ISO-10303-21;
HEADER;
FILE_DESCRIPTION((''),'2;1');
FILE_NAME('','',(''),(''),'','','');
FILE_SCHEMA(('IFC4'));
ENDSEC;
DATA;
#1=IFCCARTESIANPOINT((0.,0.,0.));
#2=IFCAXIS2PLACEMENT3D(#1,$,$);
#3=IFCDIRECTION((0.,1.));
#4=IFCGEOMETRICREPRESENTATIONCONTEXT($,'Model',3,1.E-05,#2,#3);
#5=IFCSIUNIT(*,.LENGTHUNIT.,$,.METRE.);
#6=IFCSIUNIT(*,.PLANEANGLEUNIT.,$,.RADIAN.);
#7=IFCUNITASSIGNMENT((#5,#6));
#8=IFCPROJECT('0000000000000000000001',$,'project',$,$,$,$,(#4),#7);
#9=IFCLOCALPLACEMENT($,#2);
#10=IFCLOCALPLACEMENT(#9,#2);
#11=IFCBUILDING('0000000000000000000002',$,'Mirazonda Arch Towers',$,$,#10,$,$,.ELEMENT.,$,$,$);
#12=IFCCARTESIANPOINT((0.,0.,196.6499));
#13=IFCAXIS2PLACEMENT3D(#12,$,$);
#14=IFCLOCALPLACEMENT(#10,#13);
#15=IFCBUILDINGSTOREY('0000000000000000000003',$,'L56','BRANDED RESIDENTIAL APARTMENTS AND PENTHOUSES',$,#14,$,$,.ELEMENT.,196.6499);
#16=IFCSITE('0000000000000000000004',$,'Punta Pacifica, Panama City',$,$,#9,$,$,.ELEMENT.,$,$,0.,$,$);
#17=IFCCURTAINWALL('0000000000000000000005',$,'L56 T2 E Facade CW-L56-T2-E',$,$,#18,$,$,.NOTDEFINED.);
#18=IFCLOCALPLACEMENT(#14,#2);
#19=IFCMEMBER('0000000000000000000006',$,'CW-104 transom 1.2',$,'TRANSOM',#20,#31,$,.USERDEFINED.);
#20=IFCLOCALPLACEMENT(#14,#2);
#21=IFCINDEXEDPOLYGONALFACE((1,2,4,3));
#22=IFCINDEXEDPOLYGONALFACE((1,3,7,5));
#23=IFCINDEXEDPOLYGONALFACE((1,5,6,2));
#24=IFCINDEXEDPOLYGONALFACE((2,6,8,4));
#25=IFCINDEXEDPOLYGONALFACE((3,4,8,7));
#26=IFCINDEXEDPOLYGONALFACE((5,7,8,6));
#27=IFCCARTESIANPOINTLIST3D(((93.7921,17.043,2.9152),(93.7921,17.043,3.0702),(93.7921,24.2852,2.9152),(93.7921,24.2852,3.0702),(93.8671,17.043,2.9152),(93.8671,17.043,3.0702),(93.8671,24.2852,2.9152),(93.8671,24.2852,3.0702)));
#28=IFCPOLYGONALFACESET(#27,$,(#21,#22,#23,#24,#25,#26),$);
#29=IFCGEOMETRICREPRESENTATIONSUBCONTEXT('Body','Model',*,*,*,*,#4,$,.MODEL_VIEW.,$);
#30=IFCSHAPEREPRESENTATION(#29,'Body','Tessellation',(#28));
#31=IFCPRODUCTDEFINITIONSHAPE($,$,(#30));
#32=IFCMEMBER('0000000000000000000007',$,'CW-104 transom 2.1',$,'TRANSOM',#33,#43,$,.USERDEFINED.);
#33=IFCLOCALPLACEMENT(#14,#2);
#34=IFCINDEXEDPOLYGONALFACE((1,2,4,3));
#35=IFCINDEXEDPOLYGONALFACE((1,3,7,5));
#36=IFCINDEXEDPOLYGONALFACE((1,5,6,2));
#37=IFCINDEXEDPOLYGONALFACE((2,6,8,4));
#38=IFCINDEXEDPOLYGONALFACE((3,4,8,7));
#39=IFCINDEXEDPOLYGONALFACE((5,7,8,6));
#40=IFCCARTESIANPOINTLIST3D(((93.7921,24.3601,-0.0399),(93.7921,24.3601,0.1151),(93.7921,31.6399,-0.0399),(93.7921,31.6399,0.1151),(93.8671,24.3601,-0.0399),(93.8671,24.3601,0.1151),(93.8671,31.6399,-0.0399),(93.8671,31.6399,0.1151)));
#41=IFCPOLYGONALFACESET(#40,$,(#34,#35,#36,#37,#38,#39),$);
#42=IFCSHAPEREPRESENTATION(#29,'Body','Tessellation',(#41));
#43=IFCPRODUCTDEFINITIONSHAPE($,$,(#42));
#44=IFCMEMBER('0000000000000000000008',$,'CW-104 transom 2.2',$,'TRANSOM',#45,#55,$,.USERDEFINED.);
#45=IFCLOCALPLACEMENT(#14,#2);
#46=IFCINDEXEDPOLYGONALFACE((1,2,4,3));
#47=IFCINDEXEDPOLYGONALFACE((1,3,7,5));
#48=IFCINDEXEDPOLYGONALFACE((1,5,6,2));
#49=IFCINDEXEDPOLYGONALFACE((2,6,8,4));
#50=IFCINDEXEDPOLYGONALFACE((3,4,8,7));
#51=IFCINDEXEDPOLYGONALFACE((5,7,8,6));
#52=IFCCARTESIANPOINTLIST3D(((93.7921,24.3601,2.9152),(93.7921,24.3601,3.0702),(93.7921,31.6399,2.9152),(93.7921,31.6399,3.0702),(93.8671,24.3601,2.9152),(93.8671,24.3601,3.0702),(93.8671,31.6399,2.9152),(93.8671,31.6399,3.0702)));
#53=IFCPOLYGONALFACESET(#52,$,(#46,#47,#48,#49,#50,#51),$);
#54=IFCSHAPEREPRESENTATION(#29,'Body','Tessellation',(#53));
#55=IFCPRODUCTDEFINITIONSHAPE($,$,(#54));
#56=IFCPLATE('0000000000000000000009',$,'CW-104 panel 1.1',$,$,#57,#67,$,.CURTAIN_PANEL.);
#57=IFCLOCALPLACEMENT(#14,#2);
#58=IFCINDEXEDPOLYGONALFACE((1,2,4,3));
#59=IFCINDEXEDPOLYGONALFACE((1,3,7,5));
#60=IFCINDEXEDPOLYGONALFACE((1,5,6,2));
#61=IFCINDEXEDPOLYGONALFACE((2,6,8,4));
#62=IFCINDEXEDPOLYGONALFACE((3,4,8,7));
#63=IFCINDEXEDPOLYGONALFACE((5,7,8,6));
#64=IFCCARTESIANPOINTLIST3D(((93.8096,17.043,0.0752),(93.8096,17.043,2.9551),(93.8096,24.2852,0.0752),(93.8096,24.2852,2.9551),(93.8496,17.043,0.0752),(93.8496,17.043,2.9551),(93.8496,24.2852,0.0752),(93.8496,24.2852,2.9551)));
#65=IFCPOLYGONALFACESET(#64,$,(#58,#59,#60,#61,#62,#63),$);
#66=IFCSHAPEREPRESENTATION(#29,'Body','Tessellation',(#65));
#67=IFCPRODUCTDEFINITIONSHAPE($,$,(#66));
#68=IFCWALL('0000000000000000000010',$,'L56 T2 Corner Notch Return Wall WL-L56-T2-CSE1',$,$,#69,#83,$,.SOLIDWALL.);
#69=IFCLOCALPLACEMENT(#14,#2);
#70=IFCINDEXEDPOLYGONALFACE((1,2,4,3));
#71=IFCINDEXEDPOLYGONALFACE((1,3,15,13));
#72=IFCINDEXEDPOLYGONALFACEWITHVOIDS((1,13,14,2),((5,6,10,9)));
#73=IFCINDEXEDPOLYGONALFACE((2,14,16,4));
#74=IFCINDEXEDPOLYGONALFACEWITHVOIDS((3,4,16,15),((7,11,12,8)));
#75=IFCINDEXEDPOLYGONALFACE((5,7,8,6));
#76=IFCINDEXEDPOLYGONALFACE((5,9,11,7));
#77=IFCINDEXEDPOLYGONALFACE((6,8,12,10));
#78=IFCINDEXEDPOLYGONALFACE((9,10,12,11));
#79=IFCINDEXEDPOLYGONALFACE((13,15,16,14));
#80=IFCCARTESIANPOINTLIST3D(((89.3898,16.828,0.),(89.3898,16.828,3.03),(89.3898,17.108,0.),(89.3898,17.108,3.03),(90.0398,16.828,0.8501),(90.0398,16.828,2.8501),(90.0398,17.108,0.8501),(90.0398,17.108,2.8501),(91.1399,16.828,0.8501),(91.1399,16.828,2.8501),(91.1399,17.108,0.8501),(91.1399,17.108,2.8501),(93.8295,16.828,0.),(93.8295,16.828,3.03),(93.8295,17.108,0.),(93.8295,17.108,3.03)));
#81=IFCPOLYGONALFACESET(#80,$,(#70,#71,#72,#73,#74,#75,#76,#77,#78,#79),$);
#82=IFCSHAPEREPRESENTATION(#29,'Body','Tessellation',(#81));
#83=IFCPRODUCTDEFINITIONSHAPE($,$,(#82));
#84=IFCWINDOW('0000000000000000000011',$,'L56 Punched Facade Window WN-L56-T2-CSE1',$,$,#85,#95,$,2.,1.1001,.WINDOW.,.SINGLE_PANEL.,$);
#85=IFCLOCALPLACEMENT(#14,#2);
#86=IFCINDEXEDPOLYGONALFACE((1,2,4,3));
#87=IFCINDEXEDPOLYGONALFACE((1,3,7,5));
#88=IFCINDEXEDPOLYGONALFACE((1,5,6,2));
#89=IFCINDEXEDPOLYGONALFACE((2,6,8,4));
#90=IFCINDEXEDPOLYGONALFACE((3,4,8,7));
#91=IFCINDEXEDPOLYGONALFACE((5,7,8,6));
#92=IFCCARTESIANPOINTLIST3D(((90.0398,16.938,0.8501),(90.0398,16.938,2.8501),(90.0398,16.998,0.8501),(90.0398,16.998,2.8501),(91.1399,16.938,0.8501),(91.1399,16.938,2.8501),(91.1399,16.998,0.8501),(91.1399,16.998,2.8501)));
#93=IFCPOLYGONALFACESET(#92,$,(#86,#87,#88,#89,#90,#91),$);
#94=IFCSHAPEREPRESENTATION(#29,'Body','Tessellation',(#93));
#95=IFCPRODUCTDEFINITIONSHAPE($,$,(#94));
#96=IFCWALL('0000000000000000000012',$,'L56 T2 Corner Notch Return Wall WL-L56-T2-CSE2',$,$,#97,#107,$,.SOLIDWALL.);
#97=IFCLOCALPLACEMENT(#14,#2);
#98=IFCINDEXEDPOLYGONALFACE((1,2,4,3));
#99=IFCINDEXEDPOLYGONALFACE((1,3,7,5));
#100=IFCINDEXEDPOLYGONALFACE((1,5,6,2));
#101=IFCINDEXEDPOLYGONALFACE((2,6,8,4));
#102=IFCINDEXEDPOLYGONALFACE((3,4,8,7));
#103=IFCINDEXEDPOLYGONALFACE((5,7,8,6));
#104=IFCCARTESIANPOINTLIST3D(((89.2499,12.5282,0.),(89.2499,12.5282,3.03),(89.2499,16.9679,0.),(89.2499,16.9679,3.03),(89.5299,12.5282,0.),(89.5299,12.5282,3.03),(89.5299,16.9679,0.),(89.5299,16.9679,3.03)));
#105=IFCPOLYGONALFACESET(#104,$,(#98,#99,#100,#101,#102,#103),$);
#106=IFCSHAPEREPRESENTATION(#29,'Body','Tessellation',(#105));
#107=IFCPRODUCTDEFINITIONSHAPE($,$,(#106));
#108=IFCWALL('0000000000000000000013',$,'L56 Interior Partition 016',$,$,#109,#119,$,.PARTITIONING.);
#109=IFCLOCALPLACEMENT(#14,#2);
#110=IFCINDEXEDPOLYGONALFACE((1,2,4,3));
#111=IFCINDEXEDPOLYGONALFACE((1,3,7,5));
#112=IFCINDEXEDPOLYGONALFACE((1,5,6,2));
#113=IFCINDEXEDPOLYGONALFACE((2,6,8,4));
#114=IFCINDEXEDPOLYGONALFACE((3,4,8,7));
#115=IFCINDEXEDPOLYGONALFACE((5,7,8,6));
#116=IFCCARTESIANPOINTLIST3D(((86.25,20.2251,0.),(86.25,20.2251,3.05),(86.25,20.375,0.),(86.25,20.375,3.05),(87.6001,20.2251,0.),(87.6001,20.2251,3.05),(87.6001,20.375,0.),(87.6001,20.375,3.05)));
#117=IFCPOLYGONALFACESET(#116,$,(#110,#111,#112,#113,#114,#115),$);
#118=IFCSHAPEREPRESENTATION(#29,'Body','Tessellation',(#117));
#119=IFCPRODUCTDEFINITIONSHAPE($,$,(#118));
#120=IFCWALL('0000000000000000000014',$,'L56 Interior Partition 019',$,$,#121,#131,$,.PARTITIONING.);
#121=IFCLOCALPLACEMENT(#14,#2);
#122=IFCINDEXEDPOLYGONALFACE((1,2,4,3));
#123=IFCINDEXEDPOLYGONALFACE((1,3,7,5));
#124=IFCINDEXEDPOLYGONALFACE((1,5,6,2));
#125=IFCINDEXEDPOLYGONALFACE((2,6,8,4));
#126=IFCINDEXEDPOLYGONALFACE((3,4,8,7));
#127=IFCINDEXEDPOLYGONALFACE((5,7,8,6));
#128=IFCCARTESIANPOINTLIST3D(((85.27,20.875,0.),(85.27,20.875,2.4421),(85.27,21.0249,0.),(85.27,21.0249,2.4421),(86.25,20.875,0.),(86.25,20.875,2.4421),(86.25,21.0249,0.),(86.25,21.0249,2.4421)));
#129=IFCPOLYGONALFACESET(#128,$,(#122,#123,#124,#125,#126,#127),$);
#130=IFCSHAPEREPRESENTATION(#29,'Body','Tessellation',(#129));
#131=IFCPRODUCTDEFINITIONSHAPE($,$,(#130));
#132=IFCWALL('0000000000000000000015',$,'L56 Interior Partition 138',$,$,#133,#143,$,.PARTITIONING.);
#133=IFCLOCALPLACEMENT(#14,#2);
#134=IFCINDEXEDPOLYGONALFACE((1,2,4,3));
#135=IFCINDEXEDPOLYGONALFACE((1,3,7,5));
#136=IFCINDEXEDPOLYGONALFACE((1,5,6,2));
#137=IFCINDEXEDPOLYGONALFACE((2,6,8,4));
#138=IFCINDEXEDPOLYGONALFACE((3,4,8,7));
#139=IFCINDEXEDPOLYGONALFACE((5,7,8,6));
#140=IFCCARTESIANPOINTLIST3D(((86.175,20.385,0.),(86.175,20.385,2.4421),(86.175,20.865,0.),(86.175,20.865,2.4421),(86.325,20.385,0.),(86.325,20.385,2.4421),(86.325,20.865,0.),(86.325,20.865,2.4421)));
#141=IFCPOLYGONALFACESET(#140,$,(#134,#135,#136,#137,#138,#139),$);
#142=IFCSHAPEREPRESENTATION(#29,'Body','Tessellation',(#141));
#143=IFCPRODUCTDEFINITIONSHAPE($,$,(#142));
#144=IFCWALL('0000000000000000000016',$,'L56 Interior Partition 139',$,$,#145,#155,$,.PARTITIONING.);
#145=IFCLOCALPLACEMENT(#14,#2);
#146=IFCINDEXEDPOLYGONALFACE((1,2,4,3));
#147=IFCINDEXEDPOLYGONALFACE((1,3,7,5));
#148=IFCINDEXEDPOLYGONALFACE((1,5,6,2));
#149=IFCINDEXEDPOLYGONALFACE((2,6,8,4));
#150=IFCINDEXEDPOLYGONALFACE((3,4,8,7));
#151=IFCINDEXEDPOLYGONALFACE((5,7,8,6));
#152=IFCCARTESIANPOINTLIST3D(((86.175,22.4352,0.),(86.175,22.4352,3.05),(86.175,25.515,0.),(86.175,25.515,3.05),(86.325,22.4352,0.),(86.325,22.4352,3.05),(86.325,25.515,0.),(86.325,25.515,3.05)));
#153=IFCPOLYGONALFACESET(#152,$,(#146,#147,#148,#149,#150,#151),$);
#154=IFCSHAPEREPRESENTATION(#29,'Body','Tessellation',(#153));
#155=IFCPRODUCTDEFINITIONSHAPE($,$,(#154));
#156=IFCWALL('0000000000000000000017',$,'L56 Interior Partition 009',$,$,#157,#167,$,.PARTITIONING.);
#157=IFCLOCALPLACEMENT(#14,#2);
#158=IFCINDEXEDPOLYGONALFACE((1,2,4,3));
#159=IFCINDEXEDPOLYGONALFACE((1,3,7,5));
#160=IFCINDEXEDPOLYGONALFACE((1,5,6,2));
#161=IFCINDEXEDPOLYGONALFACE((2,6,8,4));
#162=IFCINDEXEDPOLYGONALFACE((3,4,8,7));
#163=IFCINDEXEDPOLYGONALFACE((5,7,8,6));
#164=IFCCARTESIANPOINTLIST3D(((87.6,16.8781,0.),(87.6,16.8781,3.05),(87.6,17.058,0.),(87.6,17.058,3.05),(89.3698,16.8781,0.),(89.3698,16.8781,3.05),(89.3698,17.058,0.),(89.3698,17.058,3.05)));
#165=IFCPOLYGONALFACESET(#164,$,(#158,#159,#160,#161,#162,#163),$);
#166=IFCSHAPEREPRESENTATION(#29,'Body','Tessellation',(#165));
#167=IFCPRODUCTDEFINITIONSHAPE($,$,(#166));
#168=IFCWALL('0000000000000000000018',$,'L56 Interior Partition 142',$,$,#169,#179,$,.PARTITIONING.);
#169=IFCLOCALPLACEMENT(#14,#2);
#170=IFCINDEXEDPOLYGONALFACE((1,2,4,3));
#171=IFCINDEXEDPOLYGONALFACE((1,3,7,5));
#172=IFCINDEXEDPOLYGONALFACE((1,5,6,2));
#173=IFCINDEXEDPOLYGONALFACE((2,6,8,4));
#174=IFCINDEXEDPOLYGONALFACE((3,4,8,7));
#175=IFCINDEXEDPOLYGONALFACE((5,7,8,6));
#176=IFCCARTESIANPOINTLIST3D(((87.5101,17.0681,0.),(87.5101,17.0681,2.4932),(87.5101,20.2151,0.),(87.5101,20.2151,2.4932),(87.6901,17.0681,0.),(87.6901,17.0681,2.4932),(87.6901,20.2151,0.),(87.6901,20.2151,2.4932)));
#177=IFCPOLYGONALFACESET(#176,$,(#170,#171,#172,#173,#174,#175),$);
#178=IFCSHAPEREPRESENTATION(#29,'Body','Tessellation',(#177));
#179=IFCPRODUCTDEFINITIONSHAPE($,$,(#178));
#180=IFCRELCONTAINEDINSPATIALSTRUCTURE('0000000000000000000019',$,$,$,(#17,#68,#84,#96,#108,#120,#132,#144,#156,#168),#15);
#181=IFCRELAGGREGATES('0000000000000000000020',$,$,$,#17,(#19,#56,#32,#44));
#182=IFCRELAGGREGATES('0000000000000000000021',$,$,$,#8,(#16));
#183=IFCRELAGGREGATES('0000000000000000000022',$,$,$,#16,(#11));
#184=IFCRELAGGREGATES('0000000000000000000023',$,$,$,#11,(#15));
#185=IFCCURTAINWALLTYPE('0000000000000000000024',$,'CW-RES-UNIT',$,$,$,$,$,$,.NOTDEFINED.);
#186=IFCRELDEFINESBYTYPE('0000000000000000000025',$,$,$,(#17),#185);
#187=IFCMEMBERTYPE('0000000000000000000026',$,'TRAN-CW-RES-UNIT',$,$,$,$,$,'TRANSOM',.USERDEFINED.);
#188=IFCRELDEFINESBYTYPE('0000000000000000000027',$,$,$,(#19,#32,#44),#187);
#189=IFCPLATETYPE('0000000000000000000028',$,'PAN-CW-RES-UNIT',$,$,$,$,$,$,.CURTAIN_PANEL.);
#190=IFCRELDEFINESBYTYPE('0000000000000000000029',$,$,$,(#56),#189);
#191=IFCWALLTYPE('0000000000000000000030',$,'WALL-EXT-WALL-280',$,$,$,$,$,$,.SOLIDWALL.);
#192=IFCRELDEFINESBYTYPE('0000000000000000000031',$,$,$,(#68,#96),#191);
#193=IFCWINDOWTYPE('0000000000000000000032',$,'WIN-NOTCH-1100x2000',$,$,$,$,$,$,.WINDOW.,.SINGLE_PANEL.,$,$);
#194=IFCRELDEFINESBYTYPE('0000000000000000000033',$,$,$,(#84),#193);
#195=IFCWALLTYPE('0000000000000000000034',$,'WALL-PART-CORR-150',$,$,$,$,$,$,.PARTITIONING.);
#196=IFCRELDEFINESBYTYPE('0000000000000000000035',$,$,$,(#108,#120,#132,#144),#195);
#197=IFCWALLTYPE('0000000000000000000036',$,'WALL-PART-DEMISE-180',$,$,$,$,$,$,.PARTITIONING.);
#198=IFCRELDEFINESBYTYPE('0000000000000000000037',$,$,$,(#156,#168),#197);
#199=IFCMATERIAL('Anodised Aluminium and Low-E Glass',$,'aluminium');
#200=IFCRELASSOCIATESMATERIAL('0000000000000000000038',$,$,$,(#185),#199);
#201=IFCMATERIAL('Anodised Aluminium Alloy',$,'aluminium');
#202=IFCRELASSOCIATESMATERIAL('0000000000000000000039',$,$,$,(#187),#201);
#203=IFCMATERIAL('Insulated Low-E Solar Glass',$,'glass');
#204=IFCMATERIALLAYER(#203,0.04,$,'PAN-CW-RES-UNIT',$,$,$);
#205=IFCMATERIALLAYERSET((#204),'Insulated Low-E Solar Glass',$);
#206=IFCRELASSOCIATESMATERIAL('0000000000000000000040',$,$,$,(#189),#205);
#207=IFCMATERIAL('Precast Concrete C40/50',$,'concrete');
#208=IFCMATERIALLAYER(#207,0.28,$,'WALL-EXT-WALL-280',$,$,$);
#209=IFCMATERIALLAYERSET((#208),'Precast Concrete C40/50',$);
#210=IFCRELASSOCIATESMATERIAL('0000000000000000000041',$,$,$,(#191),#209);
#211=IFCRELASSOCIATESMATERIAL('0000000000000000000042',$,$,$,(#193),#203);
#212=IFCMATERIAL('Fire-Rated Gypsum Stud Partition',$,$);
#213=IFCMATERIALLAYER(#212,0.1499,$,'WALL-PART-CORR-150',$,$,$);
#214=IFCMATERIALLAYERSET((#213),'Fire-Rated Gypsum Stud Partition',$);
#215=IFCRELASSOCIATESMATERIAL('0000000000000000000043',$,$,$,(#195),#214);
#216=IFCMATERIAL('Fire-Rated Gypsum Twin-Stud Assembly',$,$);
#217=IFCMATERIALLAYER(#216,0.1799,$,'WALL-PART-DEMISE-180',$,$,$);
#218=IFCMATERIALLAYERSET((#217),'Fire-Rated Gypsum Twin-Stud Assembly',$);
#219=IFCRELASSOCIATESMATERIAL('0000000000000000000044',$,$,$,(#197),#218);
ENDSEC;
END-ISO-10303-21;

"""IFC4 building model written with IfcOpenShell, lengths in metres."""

from ifc_helpers import new_model, si_unit, direction, frame, frame_2d, origin, origin_2d, place, context, subcontext, project, spatial, rectangle, extrude, material, layer, layer_set, material_profile, profile_set, type_object, element, fill, aggregate, save


model = new_model("IFC4")

# Units and contexts
model_context = context("Model", 3, precision=1e-05, world=origin(), true_north=direction((0.0, 1.0)))
body_context = subcontext(model_context, "Body", "Model", "MODEL_VIEW")
ifc_project = project(units=[si_unit("LENGTHUNIT", "METRE"), si_unit("PLANEANGLEUNIT", "RADIAN")], contexts=[model_context])

# Site, building, storey
site_placement = place(None, origin())
site = spatial("IfcSite", under=ifc_project, at=site_placement, Name="Punta Pacifica, Panama City", CompositionType="ELEMENT", RefElevation=0.0)
building_placement = place(site_placement, origin())
building = spatial("IfcBuilding", under=site, at=building_placement, Name="Mirazonda Arch Towers", CompositionType="ELEMENT")
storey_placement = place(building_placement, frame((0.0, 0.0, 196.6499)))
storey = spatial("IfcBuildingStorey", under=building, at=storey_placement, Name="L56", Description="BRANDED RESIDENTIAL APARTMENTS AND PENTHOUSES", CompositionType="ELEMENT", Elevation=196.6499)

# Shared definitions
ifc_material_1 = material(Name="Anodised Aluminium and Low-E Glass", Category="aluminium")
curtain_wall_type = type_object("IfcCurtainWallType", Name="CW-RES-UNIT", PredefinedType="NOTDEFINED", material=ifc_material_1)
ifc_material_2 = material(Name="Anodised Aluminium Alloy", Category="aluminium")

# Curtain wall
curtain_wall_1_placement = place(storey_placement, origin())
curtain_wall_1 = element("IfcCurtainWall", 1, at=curtain_wall_1_placement, inside=storey, type_object=curtain_wall_type, Name="L56 T2 E Facade CW-L56-T2-E", PredefinedType="NOTDEFINED")

# Members
ifc_material_profile_1 = material_profile(ifc_material_2, rectangle(XDim=0.075, YDim=0.155, at=origin_2d()), Name="ALU-TRAN-75x155")
ifc_profile_set_1 = profile_set([ifc_material_profile_1], Name="Anodised Aluminium Alloy")
member_type_1 = type_object("IfcMemberType", Name="TRAN-CW-RES-UNIT", ElementType="TRANSOM", PredefinedType="USERDEFINED", material=ifc_profile_set_1)
member_1_placement = place(storey_placement, frame((93.8296, 17.043, 2.9927), z_axis=(0.0, 1.0, 0.0), x_axis=(-1.0, 0.0, 0.0)))
member_1 = element("IfcMember", 2, at=member_1_placement, type_object=member_type_1, Name="CW-104 transom 1.2", ObjectType="TRANSOM", PredefinedType="USERDEFINED", context=body_context, shape_type="SweptSolid", body=[
    extrude(rectangle(XDim=0.075, YDim=0.155, at=origin_2d()), origin(), (0.0, 0.0, 1.0), 7.2422),
])
member_2_placement = place(storey_placement, frame((93.8296, 24.3601, 0.0376), z_axis=(0.0, 1.0, 0.0), x_axis=(-1.0, 0.0, 0.0)))
member_2 = element("IfcMember", 3, at=member_2_placement, type_object=member_type_1, Name="CW-104 transom 2.1", ObjectType="TRANSOM", PredefinedType="USERDEFINED", context=body_context, shape_type="SweptSolid", body=[
    extrude(rectangle(XDim=0.075, YDim=0.155, at=origin_2d()), origin(), (0.0, 0.0, 1.0), 7.2798),
])
member_3_placement = place(storey_placement, frame((93.8296, 24.3601, 2.9927), z_axis=(0.0, 1.0, 0.0), x_axis=(-1.0, 0.0, 0.0)))
member_3 = element("IfcMember", 4, at=member_3_placement, type_object=member_type_1, Name="CW-104 transom 2.2", ObjectType="TRANSOM", PredefinedType="USERDEFINED", context=body_context, shape_type="SweptSolid", body=[
    extrude(rectangle(XDim=0.075, YDim=0.155, at=origin_2d()), origin(), (0.0, 0.0, 1.0), 7.2798),
])

# Plate
ifc_material_3 = material(Name="Insulated Low-E Solar Glass", Category="glass")
ifc_layer_1 = layer(ifc_material_3, 0.04, Name="PAN-CW-RES-UNIT")
ifc_layer_set_1 = layer_set([ifc_layer_1], Name="Insulated Low-E Solar Glass")
plate_type = type_object("IfcPlateType", Name="PAN-CW-RES-UNIT", PredefinedType="CURTAIN_PANEL", material=ifc_layer_set_1)
plate_placement = place(storey_placement, frame((93.8296, 20.6641, 0.0752), z_axis=(0.0, 0.0, 1.0), x_axis=(0.0, 1.0, 0.0)))
plate = element("IfcPlate", 5, at=plate_placement, type_object=plate_type, Name="CW-104 panel 1.1", PredefinedType="CURTAIN_PANEL", context=body_context, shape_type="SweptSolid", body=[
    extrude(rectangle(XDim=7.2422, YDim=0.04, at=origin_2d()), origin(), (0.0, 0.0, 1.0), 2.8799),
])
aggregate(curtain_wall_1, [member_1, plate, member_2, member_3])

# Wall, opening, window
ifc_material_4 = material(Name="Precast Concrete C40/50", Category="concrete")
ifc_layer_2 = layer(ifc_material_4, 0.28, Name="WALL-EXT-WALL-280")
ifc_layer_set_2 = layer_set([ifc_layer_2], Name="Precast Concrete C40/50")
wall_type_1 = type_object("IfcWallType", Name="WALL-EXT-WALL-280", PredefinedType="SOLIDWALL", material=ifc_layer_set_2)
wall_1_placement = place(storey_placement, frame((89.3899, 16.968, 0.0), z_axis=(0.0, 0.0, 1.0), x_axis=(1.0, 0.0, 0.0)))
wall_1 = element("IfcWall", 6, at=wall_1_placement, inside=storey, type_object=wall_type_1, Name="L56 T2 Corner Notch Return Wall WL-L56-T2-CSE1", PredefinedType="SOLIDWALL", context=body_context, shape_type="SweptSolid", body=[
    extrude(rectangle(XDim=4.4397, YDim=0.28, at=frame_2d((2.2197, 0.0))), origin(), (0.0, 0.0, 1.0), 3.03),
])
opening_1_placement = place(wall_1_placement, frame((0.6499, 0.0, 0.8501)))
opening_1 = element("IfcOpeningElement", 7, at=opening_1_placement, cuts=wall_1, PredefinedType="OPENING", context=body_context, shape_type="SweptSolid", body=[
    extrude(rectangle(XDim=1.1001, YDim=2.0, at=frame_2d((0.55, 1.0))), frame((0.0, 0.1499, 0.0), z_axis=(0.0, -1.0, 0.0), x_axis=(1.0, 0.0, 0.0)), (0.0, 0.0, 1.0), 0.3),
])
window_type = type_object("IfcWindowType", Name="WIN-NOTCH-1100x2000", PartitioningType="SINGLE_PANEL", PredefinedType="WINDOW", material=ifc_material_3)
window_placement = place(opening_1_placement, origin())
window = element("IfcWindow", 8, at=window_placement, inside=storey, type_object=window_type, Name="L56 Punched Facade Window WN-L56-T2-CSE1", OverallHeight=2.0, OverallWidth=1.1001, PartitioningType="SINGLE_PANEL", PredefinedType="WINDOW", context=body_context, shape_type="SweptSolid", body=[
    extrude(rectangle(XDim=1.1001, YDim=2.0, at=frame_2d((0.55, 1.0))), frame((0.0, 0.03, 0.0), z_axis=(0.0, -1.0, 0.0), x_axis=(1.0, 0.0, 0.0)), (0.0, 0.0, 1.0), 0.0601),
])
fill(opening_1, window)

# Walls
wall_2_placement = place(storey_placement, frame((89.3899, 12.5283, 0.0), z_axis=(0.0, 0.0, 1.0), x_axis=(0.0, 1.0, 0.0)))
element("IfcWall", 9, at=wall_2_placement, inside=storey, type_object=wall_type_1, Name="L56 T2 Corner Notch Return Wall WL-L56-T2-CSE2", PredefinedType="SOLIDWALL", context=body_context, shape_type="SweptSolid", body=[
    extrude(rectangle(XDim=4.4397, YDim=0.28, at=frame_2d((2.2197, 0.0))), origin(), (0.0, 0.0, 1.0), 3.03),
])
ifc_material_5 = material(Name="Fire-Rated Gypsum Stud Partition")
ifc_layer_3 = layer(ifc_material_5, 0.1499, Name="WALL-PART-CORR-150")
ifc_layer_set_3 = layer_set([ifc_layer_3], Name="Fire-Rated Gypsum Stud Partition")
wall_type_2 = type_object("IfcWallType", Name="WALL-PART-CORR-150", PredefinedType="PARTITIONING", material=ifc_layer_set_3)
wall_3_placement = place(storey_placement, frame((86.25, 20.3, 0.0), z_axis=(0.0, 0.0, 1.0), x_axis=(1.0, 0.0, 0.0)))
element("IfcWall", 10, at=wall_3_placement, inside=storey, type_object=wall_type_2, Name="L56 Interior Partition 016", PredefinedType="PARTITIONING", context=body_context, shape_type="SweptSolid", body=[
    extrude(rectangle(XDim=1.3501, YDim=0.1499, at=frame_2d((0.675, 0.0))), origin(), (0.0, 0.0, 1.0), 3.05),
])
wall_4_placement = place(storey_placement, frame((85.27, 20.95, 0.0), z_axis=(0.0, 0.0, 1.0), x_axis=(1.0, 0.0, 0.0)))
element("IfcWall", 11, at=wall_4_placement, inside=storey, type_object=wall_type_2, Name="L56 Interior Partition 019", PredefinedType="PARTITIONING", context=body_context, shape_type="SweptSolid", body=[
    extrude(rectangle(XDim=0.98, YDim=0.1499, at=frame_2d((0.49, 0.0))), origin(), (0.0, 0.0, 1.0), 2.4421),
])
wall_5_placement = place(storey_placement, frame((86.25, 20.385, 0.0), z_axis=(0.0, 0.0, 1.0), x_axis=(0.0, 1.0, 0.0)))
element("IfcWall", 12, at=wall_5_placement, inside=storey, type_object=wall_type_2, Name="L56 Interior Partition 138", PredefinedType="PARTITIONING", context=body_context, shape_type="SweptSolid", body=[
    extrude(rectangle(XDim=0.48, YDim=0.1499, at=frame_2d((0.24, 0.0))), origin(), (0.0, 0.0, 1.0), 2.4421),
])
wall_6_placement = place(storey_placement, frame((86.25, 22.4351, 0.0), z_axis=(0.0, 0.0, 1.0), x_axis=(0.0, 1.0, 0.0)))
element("IfcWall", 13, at=wall_6_placement, inside=storey, type_object=wall_type_2, Name="L56 Interior Partition 139", PredefinedType="PARTITIONING", context=body_context, shape_type="SweptSolid", body=[
    extrude(rectangle(XDim=3.0798, YDim=0.1499, at=frame_2d((1.54, 0.0))), origin(), (0.0, 0.0, 1.0), 3.05),
])
ifc_material_6 = material(Name="Fire-Rated Gypsum Twin-Stud Assembly")
ifc_layer_4 = layer(ifc_material_6, 0.1799, Name="WALL-PART-DEMISE-180")
ifc_layer_set_4 = layer_set([ifc_layer_4], Name="Fire-Rated Gypsum Twin-Stud Assembly")
wall_type_3 = type_object("IfcWallType", Name="WALL-PART-DEMISE-180", PredefinedType="PARTITIONING", material=ifc_layer_set_4)
wall_7_placement = place(storey_placement, frame((87.6001, 16.968, 0.0), z_axis=(0.0, 0.0, 1.0), x_axis=(1.0, 0.0, 0.0)))
element("IfcWall", 14, at=wall_7_placement, inside=storey, type_object=wall_type_3, Name="L56 Interior Partition 009", PredefinedType="PARTITIONING", context=body_context, shape_type="SweptSolid", body=[
    extrude(rectangle(XDim=1.7698, YDim=0.1799, at=frame_2d((0.8848, 0.0))), origin(), (0.0, 0.0, 1.0), 3.05),
])

# Wall
wall_8_placement = place(storey_placement, frame((87.6001, 17.0681, 0.0), z_axis=(0.0, 0.0, 1.0), x_axis=(0.0, 1.0, 0.0)))
element("IfcWall", 15, at=wall_8_placement, inside=storey, type_object=wall_type_3, Name="L56 Interior Partition 142", PredefinedType="PARTITIONING", context=body_context, shape_type="SweptSolid", body=[
    extrude(rectangle(XDim=3.147, YDim=0.1799, at=frame_2d((1.5735, 0.0))), origin(), (0.0, 0.0, 1.0), 2.4932),
])

save(model, "model.ifc")
